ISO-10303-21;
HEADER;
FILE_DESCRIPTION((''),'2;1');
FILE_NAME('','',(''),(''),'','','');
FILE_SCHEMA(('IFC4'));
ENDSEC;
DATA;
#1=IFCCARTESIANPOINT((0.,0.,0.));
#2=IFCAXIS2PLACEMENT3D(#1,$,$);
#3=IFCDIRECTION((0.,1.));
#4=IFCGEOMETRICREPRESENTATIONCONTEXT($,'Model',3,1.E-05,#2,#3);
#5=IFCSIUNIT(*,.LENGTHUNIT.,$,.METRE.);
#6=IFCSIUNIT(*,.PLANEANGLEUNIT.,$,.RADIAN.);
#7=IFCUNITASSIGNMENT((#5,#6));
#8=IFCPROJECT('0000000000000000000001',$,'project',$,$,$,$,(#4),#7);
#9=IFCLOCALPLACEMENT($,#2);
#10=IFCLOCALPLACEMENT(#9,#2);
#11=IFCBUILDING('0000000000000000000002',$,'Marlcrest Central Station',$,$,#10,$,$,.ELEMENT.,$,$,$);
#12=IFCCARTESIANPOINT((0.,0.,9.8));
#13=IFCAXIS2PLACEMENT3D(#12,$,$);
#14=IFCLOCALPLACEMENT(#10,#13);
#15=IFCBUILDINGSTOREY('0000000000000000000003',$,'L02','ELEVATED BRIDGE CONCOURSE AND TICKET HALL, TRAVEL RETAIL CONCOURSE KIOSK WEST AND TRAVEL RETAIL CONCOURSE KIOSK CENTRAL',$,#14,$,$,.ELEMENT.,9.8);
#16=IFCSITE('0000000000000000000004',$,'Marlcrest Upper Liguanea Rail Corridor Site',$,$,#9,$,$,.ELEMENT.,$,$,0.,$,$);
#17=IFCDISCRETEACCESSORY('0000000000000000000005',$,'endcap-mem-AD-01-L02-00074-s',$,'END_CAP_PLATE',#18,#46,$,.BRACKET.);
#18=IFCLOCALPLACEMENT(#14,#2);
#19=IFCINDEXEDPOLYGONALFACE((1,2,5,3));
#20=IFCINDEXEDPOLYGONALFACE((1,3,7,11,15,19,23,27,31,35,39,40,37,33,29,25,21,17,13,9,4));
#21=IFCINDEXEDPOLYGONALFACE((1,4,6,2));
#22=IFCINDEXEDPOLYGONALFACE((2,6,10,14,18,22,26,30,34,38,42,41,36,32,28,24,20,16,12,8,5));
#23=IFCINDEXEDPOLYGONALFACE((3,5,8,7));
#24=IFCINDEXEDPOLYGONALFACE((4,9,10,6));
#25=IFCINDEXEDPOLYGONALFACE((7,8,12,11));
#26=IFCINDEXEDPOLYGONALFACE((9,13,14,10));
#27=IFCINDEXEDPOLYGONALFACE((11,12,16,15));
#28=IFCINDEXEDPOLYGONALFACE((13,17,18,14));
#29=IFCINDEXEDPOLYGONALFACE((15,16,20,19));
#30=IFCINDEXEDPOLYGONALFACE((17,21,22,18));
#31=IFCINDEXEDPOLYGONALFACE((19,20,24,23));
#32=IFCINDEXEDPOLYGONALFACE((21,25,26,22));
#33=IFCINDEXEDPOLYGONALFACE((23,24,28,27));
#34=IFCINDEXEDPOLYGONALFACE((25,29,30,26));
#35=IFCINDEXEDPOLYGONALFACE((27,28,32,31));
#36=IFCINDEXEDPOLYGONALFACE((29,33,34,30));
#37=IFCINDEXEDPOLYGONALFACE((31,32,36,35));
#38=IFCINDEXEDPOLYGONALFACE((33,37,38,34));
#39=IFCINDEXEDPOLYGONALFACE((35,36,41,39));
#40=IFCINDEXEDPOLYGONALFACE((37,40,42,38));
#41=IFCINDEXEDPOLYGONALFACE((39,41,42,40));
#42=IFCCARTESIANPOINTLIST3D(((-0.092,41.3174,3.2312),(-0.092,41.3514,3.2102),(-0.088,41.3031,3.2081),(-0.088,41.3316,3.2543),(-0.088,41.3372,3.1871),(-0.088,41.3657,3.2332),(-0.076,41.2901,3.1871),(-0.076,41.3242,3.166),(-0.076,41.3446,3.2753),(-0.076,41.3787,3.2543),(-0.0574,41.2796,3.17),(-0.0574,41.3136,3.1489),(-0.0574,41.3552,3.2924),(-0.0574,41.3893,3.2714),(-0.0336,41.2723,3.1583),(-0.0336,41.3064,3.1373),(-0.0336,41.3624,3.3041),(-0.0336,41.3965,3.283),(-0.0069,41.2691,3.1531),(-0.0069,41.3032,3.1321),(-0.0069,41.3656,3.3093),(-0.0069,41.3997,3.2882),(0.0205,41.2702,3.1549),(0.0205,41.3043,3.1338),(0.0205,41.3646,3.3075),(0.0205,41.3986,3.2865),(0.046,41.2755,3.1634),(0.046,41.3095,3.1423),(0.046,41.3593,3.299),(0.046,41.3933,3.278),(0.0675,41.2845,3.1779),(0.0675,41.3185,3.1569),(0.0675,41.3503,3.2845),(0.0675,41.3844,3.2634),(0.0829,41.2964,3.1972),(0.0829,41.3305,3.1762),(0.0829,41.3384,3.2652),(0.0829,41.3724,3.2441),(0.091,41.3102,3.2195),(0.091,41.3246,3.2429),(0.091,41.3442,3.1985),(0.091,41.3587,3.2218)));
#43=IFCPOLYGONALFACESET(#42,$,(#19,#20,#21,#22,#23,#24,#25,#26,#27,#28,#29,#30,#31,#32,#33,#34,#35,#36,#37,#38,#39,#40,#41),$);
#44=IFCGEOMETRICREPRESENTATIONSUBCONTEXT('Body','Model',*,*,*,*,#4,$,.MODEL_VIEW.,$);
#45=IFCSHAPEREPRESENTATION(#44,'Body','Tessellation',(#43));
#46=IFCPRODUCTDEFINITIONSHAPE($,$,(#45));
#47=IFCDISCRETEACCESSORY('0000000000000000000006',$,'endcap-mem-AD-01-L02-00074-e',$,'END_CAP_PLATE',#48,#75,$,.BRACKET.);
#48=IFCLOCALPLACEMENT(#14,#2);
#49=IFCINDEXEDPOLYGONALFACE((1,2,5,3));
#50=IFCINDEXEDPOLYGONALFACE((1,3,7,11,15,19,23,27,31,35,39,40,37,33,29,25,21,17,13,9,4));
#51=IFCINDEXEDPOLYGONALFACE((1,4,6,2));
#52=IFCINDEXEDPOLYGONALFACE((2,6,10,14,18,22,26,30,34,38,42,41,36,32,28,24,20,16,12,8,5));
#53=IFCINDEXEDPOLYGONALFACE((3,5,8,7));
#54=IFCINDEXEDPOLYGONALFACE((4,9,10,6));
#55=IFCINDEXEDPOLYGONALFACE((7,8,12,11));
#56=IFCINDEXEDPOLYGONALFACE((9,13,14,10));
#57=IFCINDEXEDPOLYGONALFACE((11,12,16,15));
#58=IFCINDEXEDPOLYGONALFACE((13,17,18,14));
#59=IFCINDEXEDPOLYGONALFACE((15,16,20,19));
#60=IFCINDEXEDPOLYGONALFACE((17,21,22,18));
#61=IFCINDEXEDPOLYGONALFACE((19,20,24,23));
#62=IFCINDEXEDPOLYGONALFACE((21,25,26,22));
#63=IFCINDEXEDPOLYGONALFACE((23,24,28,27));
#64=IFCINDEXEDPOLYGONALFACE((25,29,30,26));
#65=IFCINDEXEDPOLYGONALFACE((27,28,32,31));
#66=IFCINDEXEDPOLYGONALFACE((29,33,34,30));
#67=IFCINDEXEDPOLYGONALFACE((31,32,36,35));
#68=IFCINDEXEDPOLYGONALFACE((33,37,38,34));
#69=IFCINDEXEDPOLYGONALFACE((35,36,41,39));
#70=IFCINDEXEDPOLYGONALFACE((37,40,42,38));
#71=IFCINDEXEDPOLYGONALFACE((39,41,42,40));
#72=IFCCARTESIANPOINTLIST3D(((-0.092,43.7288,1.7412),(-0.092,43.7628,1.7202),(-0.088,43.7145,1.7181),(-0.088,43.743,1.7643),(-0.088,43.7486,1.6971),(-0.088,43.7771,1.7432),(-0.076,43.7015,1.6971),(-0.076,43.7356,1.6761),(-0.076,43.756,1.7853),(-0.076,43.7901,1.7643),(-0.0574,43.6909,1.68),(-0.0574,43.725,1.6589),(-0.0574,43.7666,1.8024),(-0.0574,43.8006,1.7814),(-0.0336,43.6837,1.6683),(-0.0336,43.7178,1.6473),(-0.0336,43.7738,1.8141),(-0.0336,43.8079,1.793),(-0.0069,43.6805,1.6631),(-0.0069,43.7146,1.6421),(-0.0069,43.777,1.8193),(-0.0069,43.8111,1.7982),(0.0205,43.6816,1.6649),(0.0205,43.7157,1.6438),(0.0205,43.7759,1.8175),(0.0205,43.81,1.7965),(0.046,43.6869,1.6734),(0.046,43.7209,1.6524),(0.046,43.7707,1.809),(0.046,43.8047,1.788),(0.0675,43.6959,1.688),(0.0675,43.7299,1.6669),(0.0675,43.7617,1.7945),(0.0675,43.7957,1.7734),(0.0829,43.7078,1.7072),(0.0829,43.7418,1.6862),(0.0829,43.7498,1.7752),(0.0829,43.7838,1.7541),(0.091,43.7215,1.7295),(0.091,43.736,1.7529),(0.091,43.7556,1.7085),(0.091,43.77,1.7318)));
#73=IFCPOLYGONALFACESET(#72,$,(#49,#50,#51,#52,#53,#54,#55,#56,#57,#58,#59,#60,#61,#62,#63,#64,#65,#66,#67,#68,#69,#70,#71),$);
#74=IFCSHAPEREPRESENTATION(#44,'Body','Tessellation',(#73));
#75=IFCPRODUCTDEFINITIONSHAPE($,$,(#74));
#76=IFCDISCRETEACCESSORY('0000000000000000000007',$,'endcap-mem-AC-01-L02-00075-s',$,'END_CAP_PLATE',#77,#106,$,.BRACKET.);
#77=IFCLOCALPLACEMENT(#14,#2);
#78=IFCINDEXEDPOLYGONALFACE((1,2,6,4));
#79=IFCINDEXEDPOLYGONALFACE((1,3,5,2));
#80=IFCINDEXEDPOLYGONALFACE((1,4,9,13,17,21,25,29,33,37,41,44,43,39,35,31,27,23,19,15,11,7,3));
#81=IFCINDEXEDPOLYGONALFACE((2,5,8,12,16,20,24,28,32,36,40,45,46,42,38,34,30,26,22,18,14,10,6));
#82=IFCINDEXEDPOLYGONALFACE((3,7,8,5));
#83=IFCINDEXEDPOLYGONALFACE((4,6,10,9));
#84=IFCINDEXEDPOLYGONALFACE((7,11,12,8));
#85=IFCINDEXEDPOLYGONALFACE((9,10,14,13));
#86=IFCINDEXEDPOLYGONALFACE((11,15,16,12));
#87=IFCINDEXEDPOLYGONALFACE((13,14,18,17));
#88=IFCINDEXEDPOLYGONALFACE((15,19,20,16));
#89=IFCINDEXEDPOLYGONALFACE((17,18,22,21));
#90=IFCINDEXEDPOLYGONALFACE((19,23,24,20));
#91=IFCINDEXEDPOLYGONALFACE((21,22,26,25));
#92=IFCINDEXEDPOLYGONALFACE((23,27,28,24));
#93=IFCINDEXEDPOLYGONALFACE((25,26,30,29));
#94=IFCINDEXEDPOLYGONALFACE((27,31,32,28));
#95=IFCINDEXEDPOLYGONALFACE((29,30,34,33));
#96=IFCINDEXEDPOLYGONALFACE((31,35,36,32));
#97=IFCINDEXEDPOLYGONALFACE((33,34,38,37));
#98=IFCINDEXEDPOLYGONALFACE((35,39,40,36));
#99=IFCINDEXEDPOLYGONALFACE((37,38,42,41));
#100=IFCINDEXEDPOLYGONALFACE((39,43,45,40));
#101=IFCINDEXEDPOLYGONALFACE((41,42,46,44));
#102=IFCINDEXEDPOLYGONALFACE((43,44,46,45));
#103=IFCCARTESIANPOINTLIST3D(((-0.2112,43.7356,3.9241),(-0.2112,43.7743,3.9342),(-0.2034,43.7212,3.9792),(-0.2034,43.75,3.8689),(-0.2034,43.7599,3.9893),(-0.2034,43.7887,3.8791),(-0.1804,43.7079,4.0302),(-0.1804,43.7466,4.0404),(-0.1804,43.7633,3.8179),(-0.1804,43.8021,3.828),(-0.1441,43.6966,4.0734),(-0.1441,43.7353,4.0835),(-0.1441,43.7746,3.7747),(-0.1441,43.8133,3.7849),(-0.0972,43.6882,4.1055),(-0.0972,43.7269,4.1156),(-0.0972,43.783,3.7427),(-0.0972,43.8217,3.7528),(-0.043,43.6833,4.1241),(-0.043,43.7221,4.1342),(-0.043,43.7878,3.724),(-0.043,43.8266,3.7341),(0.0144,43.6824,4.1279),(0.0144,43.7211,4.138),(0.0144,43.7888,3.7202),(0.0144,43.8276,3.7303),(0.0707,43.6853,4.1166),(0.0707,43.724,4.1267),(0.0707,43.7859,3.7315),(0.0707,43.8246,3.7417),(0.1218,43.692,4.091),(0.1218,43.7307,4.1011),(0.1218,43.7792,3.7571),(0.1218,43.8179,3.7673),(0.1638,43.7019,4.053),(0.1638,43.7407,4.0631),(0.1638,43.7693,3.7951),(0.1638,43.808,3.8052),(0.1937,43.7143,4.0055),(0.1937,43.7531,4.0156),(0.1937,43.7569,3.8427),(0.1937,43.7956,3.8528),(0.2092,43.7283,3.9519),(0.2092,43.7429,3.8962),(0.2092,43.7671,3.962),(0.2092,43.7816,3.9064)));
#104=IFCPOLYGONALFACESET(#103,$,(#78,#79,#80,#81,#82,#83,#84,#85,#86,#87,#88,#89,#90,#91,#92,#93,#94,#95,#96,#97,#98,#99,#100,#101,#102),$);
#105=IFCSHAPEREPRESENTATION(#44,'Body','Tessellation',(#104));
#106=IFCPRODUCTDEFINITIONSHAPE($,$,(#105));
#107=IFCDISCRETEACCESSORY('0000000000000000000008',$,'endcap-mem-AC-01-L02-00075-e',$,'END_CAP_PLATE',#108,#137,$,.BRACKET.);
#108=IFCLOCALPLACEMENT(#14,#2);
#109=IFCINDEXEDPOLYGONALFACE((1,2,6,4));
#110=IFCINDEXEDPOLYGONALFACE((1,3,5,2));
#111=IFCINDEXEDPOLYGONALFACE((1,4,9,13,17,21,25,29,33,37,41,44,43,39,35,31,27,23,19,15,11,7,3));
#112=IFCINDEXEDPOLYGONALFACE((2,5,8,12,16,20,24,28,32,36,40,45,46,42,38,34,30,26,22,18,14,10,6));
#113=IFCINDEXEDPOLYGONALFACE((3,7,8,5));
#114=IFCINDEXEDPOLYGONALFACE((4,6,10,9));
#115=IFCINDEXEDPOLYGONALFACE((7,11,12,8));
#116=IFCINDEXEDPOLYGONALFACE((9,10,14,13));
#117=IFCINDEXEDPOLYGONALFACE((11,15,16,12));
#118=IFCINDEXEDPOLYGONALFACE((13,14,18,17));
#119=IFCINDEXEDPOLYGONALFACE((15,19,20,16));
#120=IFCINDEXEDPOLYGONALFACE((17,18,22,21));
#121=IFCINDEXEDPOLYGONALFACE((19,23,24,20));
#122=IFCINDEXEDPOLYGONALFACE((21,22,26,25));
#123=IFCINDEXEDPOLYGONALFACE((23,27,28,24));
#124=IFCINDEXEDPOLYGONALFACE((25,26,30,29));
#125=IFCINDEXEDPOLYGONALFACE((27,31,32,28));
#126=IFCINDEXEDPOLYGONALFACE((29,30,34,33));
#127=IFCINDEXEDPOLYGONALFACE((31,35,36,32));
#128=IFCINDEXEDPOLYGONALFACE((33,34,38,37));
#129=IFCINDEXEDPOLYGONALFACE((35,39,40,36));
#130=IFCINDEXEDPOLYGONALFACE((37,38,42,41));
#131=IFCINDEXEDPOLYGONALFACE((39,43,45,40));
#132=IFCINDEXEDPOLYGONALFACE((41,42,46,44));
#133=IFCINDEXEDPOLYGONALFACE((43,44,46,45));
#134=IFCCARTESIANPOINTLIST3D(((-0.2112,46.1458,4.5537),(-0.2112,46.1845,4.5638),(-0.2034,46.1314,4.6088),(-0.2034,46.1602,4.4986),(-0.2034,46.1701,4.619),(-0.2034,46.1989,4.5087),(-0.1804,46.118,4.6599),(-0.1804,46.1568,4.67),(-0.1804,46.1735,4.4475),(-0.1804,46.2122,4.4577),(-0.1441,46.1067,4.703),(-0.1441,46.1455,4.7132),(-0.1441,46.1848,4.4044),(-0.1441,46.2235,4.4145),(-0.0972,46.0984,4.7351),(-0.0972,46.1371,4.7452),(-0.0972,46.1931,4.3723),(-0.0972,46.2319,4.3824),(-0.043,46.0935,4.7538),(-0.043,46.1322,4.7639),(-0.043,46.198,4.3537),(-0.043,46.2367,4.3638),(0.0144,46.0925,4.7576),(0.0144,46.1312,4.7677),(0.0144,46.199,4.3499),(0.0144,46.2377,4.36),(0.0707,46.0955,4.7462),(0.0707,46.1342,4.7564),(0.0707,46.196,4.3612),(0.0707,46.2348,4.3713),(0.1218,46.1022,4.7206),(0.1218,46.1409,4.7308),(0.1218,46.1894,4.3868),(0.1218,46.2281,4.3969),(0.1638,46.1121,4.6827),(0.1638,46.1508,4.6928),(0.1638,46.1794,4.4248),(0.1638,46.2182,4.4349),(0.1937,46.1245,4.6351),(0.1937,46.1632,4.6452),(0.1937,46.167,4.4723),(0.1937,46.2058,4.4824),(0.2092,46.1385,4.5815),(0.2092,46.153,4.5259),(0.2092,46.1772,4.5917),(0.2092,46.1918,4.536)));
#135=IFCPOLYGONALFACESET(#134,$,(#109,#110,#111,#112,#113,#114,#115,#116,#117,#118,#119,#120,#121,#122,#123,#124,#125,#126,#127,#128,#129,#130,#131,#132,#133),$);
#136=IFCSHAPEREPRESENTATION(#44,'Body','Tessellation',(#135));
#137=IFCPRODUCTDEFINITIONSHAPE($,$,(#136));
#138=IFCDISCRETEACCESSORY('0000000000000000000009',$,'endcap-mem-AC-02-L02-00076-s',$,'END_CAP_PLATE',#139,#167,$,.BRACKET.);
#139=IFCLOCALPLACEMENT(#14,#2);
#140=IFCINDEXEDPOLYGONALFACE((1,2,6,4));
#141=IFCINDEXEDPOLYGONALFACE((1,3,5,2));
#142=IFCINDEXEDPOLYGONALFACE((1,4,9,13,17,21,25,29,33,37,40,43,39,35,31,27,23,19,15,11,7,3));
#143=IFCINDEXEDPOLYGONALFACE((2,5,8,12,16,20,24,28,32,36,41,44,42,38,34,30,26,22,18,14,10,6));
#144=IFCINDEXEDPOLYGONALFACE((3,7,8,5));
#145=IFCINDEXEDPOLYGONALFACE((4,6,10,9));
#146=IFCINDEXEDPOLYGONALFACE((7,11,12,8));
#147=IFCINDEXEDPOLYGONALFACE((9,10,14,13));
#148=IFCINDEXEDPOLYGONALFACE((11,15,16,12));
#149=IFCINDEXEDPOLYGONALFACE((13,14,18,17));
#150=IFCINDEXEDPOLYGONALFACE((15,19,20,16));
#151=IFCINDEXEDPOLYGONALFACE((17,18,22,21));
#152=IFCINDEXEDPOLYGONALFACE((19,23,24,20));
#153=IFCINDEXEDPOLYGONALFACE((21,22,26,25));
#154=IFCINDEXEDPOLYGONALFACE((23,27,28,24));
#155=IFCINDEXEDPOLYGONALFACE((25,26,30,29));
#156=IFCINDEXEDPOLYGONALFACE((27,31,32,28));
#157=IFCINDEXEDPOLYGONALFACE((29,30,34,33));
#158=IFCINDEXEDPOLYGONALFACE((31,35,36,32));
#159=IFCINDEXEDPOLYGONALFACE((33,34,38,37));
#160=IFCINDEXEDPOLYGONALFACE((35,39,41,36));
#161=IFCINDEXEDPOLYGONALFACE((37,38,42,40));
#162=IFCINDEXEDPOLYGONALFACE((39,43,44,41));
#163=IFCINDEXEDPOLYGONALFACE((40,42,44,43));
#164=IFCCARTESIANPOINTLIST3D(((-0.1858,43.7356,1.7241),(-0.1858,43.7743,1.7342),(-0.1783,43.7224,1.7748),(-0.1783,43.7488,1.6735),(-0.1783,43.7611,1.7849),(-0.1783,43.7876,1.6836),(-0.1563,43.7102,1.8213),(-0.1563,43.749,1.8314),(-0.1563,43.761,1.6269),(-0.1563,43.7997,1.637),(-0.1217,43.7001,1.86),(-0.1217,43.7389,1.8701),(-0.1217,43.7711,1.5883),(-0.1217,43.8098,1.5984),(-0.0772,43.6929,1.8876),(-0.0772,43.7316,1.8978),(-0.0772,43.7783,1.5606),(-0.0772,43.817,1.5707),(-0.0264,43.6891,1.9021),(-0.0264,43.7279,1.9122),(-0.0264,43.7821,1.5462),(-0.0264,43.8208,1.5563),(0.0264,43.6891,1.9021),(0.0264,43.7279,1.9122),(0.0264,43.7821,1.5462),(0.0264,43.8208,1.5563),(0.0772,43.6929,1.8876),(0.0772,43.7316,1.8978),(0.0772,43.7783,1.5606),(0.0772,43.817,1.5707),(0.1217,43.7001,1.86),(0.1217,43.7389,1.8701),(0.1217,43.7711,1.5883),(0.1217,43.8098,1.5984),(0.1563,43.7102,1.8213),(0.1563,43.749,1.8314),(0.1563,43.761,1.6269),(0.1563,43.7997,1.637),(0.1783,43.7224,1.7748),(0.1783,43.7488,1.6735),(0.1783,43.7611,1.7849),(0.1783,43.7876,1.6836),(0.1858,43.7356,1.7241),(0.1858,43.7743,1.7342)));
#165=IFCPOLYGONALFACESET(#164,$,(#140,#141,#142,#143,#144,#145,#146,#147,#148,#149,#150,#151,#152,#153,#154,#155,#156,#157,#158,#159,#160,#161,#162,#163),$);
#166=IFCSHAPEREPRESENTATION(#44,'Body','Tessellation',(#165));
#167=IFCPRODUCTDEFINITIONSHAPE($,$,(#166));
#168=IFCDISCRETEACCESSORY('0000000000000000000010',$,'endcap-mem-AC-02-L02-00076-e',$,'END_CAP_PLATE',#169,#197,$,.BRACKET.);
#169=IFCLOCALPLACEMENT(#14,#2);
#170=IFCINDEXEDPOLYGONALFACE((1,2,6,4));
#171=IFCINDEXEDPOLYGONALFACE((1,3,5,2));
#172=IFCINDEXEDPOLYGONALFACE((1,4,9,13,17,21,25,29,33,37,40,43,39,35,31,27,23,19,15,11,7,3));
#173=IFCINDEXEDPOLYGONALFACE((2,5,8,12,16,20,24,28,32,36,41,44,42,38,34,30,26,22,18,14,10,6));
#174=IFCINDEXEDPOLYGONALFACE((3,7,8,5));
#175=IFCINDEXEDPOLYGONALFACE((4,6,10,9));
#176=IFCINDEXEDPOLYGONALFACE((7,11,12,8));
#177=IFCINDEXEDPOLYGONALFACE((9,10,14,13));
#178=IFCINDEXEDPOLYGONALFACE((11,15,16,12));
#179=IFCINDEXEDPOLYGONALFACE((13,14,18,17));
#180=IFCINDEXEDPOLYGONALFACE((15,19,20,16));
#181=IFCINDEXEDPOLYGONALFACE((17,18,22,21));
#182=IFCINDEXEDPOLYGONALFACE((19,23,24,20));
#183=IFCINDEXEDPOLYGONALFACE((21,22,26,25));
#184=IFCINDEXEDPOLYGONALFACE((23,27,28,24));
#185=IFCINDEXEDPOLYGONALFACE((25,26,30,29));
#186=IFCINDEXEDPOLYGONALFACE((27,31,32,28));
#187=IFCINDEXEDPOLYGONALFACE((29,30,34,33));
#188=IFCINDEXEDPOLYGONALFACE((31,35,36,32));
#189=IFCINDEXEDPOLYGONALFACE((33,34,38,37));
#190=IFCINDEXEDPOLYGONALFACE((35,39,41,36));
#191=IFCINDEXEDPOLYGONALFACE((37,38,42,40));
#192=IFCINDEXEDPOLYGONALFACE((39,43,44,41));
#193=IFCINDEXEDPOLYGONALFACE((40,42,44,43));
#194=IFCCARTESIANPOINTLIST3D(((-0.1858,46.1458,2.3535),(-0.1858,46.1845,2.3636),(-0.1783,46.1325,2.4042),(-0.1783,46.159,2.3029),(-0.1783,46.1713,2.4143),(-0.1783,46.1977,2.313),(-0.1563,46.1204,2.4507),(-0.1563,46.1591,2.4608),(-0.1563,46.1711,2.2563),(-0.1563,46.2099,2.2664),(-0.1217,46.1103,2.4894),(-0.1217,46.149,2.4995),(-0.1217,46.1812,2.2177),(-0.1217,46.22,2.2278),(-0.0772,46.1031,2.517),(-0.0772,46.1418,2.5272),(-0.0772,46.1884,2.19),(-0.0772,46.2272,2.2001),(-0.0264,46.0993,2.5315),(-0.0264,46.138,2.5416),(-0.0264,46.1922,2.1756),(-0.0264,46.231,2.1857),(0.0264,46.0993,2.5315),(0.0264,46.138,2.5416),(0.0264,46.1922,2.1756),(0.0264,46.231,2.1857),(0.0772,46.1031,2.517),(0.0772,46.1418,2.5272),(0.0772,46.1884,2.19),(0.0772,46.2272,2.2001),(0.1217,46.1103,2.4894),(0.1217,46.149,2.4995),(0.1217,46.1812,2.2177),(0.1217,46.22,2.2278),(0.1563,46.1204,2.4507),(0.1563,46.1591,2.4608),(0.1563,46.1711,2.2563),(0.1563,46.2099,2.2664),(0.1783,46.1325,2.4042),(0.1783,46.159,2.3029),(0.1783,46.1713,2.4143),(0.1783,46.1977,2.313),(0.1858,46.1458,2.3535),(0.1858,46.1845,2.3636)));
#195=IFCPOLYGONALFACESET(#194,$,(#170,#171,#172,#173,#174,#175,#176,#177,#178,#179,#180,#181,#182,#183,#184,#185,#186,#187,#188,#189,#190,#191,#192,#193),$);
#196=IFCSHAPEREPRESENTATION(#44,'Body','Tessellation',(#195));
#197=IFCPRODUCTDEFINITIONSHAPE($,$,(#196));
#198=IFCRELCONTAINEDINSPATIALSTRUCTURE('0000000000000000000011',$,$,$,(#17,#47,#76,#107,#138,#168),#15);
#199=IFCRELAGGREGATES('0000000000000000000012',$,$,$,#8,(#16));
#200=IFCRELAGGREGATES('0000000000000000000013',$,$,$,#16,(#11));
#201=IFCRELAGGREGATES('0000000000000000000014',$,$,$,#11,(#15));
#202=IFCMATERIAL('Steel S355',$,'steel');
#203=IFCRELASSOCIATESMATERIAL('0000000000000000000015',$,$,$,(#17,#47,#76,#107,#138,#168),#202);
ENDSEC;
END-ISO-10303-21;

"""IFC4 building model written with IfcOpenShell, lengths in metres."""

from ifc_helpers import new_model, si_unit, direction, frame, origin, origin_2d, place, context, subcontext, project, spatial, circle, extrude, material, element, save


model = new_model("IFC4")

# Units and contexts
model_context = context("Model", 3, precision=1e-05, world=origin(), true_north=direction((0.0, 1.0)))
body_context = subcontext(model_context, "Body", "Model", "MODEL_VIEW")
ifc_project = project(units=[si_unit("LENGTHUNIT", "METRE"), si_unit("PLANEANGLEUNIT", "RADIAN")], contexts=[model_context])

# Site, building, storey
site_placement = place(None, origin())
site = spatial("IfcSite", under=ifc_project, at=site_placement, Name="Marlcrest Upper Liguanea Rail Corridor Site", CompositionType="ELEMENT", RefElevation=0.0)
building_placement = place(site_placement, origin())
building = spatial("IfcBuilding", under=site, at=building_placement, Name="Marlcrest Central Station", CompositionType="ELEMENT")
storey_placement = place(building_placement, frame((0.0, 0.0, 9.8)))
storey = spatial("IfcBuildingStorey", under=building, at=storey_placement, Name="L02", Description="ELEVATED BRIDGE CONCOURSE AND TICKET HALL, TRAVEL RETAIL CONCOURSE KIOSK WEST AND TRAVEL RETAIL CONCOURSE KIOSK CENTRAL", CompositionType="ELEMENT", Elevation=9.8)

# Shared definitions
ifc_material = material(Name="Steel S355", Category="steel")

# Discrete accessories
for number, where, z_axis, x_axis, name in (
    (1, (0.0, 41.3174, 3.2312), (0.0, 0.850687, -0.525672), (-1.0, 0.0, 0.0), "endcap-mem-AD-01-L02-00074-s"),
    (2, (0.0, 43.7288, 1.7412), (0.0, 0.850687, -0.525672), (-1.0, 0.0, 0.0), "endcap-mem-AD-01-L02-00074-e"),
):
    element("IfcDiscreteAccessory", number, at=place(storey_placement, frame(where, z_axis=z_axis, x_axis=x_axis)), inside=storey, material=ifc_material, Name=name, ObjectType="END_CAP_PLATE", PredefinedType="BRACKET", context=body_context, shape_type="SweptSolid", body=[
        extrude(circle(Radius=0.092, at=origin_2d()), origin(), (0.0, 0.0, 1.0), 0.04),
    ])
for number, where, z_axis, x_axis, name in (
    (3, (0.0, 43.7356, 3.9241), (0.0, 0.967539, 0.25272), (-1.0, 0.0, 0.0), "endcap-mem-AC-01-L02-00075-s"),
    (4, (0.0, 46.1458, 4.5537), (0.0, 0.967539, 0.25272), (-1.0, 0.0, 0.0), "endcap-mem-AC-01-L02-00075-e"),
):
    element("IfcDiscreteAccessory", number, at=place(storey_placement, frame(where, z_axis=z_axis, x_axis=x_axis)), inside=storey, material=ifc_material, Name=name, ObjectType="END_CAP_PLATE", PredefinedType="BRACKET", context=body_context, shape_type="SweptSolid", body=[
        extrude(circle(Radius=0.2112, at=origin_2d()), origin(), (0.0, 0.0, 1.0), 0.04),
    ])
for number, where, z_axis, x_axis, name in (
    (5, (0.0, 43.7356, 1.7241), (0.0, 0.967563, 0.252629), (-1.0, 0.0, 0.0), "endcap-mem-AC-02-L02-00076-s"),
    (6, (0.0, 46.1458, 2.3535), (0.0, 0.967563, 0.252629), (-1.0, 0.0, 0.0), "endcap-mem-AC-02-L02-00076-e"),
):
    element("IfcDiscreteAccessory", number, at=place(storey_placement, frame(where, z_axis=z_axis, x_axis=x_axis)), inside=storey, material=ifc_material, Name=name, ObjectType="END_CAP_PLATE", PredefinedType="BRACKET", context=body_context, shape_type="SweptSolid", body=[
        extrude(circle(Radius=0.1858, at=origin_2d()), origin(), (0.0, 0.0, 1.0), 0.04),
    ])

save(model, "model.ifc")
